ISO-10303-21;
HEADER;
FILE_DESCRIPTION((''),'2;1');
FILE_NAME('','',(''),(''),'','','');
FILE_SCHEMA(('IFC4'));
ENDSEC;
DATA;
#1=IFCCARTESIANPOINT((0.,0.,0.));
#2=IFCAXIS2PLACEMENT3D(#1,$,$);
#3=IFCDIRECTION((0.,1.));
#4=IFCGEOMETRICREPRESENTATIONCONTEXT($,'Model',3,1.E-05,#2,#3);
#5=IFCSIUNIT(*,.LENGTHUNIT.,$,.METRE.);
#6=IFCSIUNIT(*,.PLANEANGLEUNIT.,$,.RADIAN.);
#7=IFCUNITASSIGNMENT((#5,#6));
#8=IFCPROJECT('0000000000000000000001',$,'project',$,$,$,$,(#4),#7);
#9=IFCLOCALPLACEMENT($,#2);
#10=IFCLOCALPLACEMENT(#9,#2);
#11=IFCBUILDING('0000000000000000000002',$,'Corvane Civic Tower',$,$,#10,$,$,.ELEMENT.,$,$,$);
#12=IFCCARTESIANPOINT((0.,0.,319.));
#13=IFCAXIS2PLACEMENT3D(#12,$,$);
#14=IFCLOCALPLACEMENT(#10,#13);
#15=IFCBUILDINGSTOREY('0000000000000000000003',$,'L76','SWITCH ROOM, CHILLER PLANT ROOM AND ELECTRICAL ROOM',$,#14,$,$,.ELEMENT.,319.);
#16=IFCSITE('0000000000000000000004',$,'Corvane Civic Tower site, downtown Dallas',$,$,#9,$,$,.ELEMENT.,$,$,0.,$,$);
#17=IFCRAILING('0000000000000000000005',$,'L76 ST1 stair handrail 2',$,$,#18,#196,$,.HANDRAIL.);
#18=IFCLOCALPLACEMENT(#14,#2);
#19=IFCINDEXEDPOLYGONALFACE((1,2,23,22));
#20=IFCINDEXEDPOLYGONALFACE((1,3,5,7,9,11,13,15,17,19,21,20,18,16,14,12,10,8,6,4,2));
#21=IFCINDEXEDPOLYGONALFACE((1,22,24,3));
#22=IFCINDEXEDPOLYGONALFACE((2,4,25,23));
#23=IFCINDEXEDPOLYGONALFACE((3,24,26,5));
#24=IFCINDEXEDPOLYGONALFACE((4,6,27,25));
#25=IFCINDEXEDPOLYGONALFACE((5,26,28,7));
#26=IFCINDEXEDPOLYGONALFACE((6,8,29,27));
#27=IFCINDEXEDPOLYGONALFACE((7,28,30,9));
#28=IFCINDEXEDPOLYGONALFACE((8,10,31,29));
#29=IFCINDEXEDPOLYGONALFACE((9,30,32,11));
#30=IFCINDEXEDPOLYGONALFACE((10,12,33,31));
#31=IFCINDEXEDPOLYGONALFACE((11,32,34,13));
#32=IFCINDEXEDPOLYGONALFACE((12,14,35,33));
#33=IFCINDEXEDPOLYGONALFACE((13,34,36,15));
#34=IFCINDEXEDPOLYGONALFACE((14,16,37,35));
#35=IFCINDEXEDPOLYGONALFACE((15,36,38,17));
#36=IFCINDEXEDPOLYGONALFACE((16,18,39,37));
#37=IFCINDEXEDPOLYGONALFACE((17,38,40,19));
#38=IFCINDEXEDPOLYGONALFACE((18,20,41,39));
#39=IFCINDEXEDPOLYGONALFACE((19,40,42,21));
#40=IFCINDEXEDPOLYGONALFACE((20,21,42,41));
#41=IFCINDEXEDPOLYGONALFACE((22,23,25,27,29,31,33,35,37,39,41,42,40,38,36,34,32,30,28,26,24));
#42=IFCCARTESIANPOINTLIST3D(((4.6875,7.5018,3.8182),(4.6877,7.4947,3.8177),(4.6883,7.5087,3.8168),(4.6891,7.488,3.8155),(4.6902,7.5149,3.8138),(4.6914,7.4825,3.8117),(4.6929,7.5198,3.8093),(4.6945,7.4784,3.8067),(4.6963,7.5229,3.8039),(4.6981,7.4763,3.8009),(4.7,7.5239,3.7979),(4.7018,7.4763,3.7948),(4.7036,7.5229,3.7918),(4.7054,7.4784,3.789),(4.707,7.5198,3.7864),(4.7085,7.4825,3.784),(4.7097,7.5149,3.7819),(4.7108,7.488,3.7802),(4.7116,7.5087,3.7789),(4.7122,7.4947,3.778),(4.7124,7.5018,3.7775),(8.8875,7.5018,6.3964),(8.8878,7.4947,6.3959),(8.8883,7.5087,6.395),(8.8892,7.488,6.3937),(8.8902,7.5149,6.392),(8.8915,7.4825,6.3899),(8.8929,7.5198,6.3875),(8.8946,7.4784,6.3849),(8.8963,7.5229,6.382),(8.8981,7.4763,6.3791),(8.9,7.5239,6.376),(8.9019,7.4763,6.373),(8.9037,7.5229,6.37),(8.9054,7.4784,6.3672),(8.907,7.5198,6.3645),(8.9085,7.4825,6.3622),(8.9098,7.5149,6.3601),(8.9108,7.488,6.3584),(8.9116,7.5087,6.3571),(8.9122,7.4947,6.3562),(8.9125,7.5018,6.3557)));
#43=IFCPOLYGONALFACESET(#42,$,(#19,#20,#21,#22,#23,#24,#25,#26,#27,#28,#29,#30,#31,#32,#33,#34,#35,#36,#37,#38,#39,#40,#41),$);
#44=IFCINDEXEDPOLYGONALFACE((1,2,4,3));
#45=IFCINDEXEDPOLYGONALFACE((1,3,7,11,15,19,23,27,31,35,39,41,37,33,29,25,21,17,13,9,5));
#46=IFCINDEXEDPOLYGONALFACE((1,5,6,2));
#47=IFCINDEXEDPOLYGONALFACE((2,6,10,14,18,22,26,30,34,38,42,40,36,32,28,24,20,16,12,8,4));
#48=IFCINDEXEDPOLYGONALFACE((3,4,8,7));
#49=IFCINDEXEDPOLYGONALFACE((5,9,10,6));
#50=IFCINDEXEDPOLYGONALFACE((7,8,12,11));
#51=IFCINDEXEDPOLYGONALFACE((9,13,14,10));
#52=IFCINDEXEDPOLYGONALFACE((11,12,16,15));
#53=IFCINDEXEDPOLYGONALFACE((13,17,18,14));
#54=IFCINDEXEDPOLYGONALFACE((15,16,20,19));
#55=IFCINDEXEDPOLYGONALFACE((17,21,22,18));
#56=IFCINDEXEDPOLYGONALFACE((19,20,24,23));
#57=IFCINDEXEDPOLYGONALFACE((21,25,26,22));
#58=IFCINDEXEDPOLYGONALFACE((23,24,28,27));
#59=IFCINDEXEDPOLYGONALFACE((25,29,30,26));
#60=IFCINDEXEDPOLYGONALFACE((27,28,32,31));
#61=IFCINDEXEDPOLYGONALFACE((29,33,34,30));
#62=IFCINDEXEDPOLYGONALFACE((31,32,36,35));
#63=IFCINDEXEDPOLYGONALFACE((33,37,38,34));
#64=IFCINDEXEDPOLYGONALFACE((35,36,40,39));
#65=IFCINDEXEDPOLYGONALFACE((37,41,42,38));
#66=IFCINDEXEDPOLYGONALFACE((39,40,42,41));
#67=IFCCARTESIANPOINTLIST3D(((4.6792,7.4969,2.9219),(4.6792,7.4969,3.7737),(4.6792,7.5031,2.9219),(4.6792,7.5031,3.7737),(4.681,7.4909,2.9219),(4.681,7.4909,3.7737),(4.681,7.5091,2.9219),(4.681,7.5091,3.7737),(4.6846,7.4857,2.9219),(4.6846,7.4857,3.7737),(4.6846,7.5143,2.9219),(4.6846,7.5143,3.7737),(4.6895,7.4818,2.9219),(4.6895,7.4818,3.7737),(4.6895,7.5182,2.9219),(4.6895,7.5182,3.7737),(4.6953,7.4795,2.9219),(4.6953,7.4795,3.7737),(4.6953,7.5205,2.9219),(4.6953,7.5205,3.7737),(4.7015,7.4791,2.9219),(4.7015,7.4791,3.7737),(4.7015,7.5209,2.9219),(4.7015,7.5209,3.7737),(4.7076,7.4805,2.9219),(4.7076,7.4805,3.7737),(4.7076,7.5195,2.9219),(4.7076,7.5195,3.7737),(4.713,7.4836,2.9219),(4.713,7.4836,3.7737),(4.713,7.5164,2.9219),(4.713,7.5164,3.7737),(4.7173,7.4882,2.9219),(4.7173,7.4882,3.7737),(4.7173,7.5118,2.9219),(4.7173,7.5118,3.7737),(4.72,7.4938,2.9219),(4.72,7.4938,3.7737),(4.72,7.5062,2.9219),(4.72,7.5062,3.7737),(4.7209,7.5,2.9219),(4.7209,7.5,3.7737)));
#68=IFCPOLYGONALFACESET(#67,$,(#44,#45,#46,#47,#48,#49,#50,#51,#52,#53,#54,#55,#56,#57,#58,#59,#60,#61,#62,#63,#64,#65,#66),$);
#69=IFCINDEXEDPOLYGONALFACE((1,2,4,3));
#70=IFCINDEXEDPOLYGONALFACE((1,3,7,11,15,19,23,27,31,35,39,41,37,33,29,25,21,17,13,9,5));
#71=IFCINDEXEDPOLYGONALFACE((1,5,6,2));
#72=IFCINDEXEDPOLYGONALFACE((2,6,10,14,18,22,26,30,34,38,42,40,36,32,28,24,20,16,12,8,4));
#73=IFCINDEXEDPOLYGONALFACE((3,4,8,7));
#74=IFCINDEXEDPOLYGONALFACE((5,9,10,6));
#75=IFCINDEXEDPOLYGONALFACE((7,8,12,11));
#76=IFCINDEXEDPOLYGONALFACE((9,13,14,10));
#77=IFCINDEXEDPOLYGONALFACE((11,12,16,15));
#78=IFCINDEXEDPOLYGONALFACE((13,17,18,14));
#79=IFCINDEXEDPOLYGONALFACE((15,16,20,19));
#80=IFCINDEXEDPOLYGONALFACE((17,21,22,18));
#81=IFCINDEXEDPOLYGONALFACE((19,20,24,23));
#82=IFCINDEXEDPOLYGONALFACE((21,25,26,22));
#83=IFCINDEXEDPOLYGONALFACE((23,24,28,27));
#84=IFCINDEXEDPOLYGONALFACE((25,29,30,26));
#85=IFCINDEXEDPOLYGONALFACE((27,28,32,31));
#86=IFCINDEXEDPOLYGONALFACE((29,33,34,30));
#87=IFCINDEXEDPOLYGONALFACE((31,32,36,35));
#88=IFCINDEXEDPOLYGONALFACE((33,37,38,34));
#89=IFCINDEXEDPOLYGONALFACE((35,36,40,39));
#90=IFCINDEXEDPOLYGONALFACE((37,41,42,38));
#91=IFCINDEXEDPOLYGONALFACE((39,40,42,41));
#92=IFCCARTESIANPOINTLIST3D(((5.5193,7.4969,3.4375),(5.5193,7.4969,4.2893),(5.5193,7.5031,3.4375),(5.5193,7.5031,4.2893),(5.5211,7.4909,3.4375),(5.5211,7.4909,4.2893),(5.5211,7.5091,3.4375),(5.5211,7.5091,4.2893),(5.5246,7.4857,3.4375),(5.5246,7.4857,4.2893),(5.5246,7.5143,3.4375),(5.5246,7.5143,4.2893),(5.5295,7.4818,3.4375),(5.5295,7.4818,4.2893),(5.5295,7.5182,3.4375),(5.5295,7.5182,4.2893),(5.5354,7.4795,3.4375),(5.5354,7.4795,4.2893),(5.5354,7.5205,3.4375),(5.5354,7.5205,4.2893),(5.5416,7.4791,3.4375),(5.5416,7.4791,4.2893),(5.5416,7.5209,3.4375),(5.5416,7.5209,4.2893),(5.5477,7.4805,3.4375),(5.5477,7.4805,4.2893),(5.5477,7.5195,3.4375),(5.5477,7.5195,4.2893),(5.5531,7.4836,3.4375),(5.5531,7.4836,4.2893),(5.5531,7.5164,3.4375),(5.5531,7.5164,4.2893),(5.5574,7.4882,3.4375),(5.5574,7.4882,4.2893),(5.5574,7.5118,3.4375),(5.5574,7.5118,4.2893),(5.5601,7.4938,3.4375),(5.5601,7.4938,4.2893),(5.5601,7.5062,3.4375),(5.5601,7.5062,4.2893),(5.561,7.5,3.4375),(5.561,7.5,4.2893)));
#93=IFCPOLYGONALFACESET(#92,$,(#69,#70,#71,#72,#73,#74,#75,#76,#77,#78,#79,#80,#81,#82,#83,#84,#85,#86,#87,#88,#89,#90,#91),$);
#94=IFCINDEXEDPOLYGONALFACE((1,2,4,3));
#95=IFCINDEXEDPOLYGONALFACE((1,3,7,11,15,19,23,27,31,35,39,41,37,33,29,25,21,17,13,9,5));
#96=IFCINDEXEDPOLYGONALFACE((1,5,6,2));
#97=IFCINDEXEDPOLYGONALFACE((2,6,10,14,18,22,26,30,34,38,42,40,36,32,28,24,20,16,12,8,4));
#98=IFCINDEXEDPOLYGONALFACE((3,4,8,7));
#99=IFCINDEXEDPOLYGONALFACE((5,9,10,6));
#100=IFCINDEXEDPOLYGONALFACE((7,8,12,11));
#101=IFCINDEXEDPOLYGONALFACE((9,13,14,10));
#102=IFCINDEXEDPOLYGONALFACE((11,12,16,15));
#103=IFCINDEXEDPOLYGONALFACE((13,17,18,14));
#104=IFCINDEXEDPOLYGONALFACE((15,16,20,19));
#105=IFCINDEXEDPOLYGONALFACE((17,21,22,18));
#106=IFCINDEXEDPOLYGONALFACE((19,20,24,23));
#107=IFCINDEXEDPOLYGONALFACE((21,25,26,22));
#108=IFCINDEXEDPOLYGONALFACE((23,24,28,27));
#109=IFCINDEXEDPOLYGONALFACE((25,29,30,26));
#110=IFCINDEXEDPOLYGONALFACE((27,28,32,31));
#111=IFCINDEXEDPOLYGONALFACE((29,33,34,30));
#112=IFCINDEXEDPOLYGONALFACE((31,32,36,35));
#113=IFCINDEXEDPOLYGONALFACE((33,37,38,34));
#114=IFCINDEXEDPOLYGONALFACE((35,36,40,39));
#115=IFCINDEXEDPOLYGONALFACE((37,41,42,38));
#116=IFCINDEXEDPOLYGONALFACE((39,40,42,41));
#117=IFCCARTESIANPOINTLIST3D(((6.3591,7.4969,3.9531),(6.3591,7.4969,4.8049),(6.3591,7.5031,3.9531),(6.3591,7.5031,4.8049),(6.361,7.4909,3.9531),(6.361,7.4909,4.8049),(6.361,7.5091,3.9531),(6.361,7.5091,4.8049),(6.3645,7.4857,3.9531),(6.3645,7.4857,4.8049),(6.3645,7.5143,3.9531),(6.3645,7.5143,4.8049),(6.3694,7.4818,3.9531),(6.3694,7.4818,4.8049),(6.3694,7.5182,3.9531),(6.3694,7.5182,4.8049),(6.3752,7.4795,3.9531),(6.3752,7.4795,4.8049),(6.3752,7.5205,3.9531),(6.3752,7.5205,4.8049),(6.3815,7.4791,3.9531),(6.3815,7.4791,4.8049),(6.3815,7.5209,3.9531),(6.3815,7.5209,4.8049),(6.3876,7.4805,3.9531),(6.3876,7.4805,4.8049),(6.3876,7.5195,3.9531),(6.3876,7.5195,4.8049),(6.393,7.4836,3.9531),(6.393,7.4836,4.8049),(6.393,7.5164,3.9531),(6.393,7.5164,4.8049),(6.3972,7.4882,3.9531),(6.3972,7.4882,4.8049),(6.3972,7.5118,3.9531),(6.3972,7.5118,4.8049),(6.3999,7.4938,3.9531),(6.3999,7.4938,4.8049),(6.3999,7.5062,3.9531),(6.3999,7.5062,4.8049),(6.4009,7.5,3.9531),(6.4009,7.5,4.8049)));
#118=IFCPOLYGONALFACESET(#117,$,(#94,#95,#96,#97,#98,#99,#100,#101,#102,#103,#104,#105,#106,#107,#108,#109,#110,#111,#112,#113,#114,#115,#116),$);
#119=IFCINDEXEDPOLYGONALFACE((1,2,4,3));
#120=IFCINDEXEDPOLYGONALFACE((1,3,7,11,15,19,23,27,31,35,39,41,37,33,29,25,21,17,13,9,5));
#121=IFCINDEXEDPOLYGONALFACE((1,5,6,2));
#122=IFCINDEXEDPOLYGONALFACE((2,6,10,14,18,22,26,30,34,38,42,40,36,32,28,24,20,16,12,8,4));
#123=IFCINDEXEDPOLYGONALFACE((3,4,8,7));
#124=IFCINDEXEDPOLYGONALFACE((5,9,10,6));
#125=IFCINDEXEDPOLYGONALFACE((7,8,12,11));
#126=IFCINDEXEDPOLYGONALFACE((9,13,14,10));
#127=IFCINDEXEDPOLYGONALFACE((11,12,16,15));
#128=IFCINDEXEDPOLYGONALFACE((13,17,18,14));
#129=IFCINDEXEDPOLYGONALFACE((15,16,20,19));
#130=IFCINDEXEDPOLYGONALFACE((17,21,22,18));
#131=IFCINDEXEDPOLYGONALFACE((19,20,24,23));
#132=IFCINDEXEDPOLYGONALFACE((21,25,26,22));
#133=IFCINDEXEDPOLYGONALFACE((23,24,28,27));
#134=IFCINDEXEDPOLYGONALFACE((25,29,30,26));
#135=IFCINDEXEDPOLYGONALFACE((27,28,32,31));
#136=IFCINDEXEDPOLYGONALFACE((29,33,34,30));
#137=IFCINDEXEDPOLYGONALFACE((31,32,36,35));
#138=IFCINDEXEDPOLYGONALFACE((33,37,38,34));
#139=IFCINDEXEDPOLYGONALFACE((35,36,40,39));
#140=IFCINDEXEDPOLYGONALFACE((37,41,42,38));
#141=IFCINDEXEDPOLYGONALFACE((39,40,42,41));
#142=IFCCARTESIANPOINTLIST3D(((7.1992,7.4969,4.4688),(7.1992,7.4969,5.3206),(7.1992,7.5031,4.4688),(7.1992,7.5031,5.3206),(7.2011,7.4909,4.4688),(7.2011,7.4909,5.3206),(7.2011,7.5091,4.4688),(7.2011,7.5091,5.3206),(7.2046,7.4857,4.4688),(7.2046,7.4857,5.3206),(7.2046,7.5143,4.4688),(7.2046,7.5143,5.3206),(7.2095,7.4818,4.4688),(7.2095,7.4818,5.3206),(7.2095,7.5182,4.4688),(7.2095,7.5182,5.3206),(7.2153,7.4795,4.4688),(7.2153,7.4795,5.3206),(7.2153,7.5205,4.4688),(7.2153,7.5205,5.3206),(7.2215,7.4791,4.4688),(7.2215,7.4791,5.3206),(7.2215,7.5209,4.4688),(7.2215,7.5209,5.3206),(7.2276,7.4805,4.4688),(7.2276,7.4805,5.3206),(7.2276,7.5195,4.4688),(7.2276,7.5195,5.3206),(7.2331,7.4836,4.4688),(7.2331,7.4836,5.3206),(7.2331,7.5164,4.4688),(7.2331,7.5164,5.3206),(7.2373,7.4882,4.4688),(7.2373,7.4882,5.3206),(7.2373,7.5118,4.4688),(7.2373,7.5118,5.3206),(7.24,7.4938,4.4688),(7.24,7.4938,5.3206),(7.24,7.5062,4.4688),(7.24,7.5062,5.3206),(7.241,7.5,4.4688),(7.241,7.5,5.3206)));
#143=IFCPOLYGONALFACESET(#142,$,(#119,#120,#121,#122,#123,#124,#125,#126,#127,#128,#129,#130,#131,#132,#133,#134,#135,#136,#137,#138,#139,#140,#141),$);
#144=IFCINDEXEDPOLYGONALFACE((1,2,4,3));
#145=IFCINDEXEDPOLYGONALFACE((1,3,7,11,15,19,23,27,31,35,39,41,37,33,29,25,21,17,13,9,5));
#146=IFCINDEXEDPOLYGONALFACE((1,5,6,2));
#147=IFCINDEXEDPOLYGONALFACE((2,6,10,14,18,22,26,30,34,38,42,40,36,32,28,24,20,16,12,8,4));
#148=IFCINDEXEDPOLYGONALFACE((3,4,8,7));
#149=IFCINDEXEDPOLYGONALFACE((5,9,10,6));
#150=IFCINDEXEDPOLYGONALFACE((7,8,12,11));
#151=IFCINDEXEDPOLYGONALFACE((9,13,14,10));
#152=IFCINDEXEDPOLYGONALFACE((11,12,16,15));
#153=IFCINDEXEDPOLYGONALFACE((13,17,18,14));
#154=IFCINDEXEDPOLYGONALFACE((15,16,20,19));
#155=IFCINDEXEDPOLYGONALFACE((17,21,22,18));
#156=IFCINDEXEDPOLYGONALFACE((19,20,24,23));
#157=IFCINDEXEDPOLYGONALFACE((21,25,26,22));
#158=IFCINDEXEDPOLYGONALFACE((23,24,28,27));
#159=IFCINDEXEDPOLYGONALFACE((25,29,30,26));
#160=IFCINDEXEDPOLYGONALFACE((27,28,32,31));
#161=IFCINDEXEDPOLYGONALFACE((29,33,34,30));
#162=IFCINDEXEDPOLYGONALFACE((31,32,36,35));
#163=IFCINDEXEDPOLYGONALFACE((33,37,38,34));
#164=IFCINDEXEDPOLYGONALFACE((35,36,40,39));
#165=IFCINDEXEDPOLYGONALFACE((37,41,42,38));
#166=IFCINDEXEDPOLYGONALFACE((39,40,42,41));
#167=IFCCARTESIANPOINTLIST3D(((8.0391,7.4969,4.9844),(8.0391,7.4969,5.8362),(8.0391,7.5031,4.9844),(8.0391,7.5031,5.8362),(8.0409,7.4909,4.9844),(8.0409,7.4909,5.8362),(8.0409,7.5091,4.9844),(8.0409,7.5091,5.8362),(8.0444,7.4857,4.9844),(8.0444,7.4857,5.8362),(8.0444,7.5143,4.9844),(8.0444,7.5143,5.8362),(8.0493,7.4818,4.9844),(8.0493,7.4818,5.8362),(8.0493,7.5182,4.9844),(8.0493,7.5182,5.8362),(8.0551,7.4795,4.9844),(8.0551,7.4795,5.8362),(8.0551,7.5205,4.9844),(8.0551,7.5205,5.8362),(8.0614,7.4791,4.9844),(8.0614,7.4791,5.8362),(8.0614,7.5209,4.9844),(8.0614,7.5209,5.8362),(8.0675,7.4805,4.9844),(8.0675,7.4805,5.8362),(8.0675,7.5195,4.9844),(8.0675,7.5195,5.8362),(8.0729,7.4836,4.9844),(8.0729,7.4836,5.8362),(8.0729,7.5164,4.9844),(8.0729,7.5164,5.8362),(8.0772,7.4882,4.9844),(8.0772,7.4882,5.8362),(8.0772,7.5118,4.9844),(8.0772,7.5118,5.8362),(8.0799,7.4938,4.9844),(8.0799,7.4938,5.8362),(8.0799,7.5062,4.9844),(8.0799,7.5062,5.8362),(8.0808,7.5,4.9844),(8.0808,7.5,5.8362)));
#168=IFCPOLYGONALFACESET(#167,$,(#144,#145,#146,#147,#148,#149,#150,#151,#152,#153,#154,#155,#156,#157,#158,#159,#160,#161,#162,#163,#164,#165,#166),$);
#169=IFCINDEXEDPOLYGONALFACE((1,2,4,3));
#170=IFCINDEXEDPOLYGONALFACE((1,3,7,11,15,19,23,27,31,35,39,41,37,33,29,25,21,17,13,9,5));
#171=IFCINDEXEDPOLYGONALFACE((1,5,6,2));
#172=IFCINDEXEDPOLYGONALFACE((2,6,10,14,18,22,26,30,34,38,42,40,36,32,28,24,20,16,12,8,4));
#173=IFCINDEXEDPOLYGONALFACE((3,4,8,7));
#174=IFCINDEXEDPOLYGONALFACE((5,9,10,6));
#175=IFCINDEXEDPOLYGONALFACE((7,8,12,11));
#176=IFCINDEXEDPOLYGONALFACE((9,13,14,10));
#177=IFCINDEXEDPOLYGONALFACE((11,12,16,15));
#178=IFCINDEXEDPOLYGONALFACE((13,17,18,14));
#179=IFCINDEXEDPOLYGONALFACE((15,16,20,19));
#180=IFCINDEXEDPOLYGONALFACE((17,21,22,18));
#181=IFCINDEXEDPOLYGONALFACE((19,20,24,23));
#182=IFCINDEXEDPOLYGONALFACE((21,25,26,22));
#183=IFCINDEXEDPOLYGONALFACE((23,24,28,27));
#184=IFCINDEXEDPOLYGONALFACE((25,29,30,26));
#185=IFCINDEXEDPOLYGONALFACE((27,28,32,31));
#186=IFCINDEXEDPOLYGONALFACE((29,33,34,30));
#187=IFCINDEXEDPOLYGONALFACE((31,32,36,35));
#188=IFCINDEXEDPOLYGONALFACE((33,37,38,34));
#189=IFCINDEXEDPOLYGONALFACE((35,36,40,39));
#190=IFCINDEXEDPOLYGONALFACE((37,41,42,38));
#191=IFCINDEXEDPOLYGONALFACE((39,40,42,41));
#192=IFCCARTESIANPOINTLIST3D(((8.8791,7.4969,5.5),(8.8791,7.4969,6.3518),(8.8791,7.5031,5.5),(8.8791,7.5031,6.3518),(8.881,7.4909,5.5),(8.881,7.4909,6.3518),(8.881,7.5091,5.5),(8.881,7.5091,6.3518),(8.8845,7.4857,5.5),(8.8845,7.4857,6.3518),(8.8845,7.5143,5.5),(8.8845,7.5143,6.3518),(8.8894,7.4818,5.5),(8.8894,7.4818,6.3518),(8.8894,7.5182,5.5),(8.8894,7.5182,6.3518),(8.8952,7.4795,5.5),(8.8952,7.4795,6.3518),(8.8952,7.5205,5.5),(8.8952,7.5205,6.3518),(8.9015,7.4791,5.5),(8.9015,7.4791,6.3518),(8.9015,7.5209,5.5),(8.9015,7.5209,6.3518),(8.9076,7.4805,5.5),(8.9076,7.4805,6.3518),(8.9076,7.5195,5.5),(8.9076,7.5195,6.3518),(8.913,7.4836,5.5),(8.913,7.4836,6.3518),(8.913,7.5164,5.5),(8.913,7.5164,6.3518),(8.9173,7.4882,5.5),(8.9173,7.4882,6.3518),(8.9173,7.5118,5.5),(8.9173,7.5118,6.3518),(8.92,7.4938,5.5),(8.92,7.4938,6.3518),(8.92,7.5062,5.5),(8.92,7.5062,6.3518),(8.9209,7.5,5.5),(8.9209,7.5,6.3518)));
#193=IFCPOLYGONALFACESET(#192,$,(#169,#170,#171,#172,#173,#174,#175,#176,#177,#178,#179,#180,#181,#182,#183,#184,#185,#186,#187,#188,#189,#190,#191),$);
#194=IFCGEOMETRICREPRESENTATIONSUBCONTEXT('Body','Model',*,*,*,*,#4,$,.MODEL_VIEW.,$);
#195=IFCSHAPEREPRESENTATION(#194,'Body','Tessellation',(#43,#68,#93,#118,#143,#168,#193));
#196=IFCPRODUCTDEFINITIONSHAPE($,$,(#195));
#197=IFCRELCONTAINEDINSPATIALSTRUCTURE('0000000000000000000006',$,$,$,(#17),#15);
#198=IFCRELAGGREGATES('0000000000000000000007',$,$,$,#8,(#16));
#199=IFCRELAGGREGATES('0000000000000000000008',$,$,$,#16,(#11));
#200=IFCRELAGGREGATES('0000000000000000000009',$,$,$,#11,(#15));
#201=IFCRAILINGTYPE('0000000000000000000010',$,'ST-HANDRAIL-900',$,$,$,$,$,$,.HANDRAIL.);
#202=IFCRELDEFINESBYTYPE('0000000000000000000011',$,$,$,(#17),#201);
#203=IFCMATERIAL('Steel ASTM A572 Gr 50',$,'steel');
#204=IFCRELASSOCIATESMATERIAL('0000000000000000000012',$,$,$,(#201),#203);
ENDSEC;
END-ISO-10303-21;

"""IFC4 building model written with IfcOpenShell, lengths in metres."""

from ifc_helpers import new_model, si_unit, direction, frame, origin, origin_2d, place, context, subcontext, project, spatial, circle, extrude, material, type_object, element, save


model = new_model("IFC4")

# Units and contexts
model_context = context("Model", 3, precision=1e-05, world=origin(), true_north=direction((0.0, 1.0)))
body_context = subcontext(model_context, "Body", "Model", "MODEL_VIEW")
ifc_project = project(units=[si_unit("LENGTHUNIT", "METRE"), si_unit("PLANEANGLEUNIT", "RADIAN")], contexts=[model_context])

# Site, building, storey
site_placement = place(None, origin())
site = spatial("IfcSite", under=ifc_project, at=site_placement, Name="Corvane Civic Tower site, downtown Dallas", CompositionType="ELEMENT", RefElevation=0.0)
building_placement = place(site_placement, origin())
building = spatial("IfcBuilding", under=site, at=building_placement, Name="Corvane Civic Tower", CompositionType="ELEMENT")
storey_placement = place(building_placement, frame((0.0, 0.0, 319.0)))
storey = spatial("IfcBuildingStorey", under=building, at=storey_placement, Name="L76", Description="SWITCH ROOM, CHILLER PLANT ROOM AND ELECTRICAL ROOM", CompositionType="ELEMENT", Elevation=319.0)

# Railing
ifc_material_1 = material(Name="Steel ASTM A572 Gr 50", Category="steel")
railing_type = type_object("IfcRailingType", Name="ST-HANDRAIL-900", PredefinedType="HANDRAIL", material=ifc_material_1)
railing_placement = place(storey_placement, frame((4.7, 7.5, 2.9219)))
element("IfcRailing", 1, at=railing_placement, inside=storey, type_object=railing_type, Name="L76 ST1 stair handrail 2", PredefinedType="HANDRAIL", context=body_context, shape_type="SweptSolid", body=[
    extrude(circle(Radius=0.0239, at=origin_2d()), frame((0.0, 0.0, 0.876), z_axis=(0.852243, 0.0, 0.523146), x_axis=(0.0, 1.0, 0.0)), (0.0, 0.0, 1.0), 4.9282),
    extrude(circle(Radius=0.021, at=origin_2d()), origin(), (0.0, 0.0, 1.0), 0.8518),
    extrude(circle(Radius=0.021, at=origin_2d()), frame((0.8401, 0.0, 0.5156)), (0.0, 0.0, 1.0), 0.8518),
    extrude(circle(Radius=0.021, at=origin_2d()), frame((1.6799, 0.0, 1.0312)), (0.0, 0.0, 1.0), 0.8518),
    extrude(circle(Radius=0.021, at=origin_2d()), frame((2.52, 0.0, 1.5469)), (0.0, 0.0, 1.0), 0.8518),
    extrude(circle(Radius=0.021, at=origin_2d()), frame((3.3599, 0.0, 2.0625)), (0.0, 0.0, 1.0), 0.8518),
    extrude(circle(Radius=0.021, at=origin_2d()), frame((4.2, 0.0, 2.5781)), (0.0, 0.0, 1.0), 0.8518),
])

save(model, "model.ifc")
